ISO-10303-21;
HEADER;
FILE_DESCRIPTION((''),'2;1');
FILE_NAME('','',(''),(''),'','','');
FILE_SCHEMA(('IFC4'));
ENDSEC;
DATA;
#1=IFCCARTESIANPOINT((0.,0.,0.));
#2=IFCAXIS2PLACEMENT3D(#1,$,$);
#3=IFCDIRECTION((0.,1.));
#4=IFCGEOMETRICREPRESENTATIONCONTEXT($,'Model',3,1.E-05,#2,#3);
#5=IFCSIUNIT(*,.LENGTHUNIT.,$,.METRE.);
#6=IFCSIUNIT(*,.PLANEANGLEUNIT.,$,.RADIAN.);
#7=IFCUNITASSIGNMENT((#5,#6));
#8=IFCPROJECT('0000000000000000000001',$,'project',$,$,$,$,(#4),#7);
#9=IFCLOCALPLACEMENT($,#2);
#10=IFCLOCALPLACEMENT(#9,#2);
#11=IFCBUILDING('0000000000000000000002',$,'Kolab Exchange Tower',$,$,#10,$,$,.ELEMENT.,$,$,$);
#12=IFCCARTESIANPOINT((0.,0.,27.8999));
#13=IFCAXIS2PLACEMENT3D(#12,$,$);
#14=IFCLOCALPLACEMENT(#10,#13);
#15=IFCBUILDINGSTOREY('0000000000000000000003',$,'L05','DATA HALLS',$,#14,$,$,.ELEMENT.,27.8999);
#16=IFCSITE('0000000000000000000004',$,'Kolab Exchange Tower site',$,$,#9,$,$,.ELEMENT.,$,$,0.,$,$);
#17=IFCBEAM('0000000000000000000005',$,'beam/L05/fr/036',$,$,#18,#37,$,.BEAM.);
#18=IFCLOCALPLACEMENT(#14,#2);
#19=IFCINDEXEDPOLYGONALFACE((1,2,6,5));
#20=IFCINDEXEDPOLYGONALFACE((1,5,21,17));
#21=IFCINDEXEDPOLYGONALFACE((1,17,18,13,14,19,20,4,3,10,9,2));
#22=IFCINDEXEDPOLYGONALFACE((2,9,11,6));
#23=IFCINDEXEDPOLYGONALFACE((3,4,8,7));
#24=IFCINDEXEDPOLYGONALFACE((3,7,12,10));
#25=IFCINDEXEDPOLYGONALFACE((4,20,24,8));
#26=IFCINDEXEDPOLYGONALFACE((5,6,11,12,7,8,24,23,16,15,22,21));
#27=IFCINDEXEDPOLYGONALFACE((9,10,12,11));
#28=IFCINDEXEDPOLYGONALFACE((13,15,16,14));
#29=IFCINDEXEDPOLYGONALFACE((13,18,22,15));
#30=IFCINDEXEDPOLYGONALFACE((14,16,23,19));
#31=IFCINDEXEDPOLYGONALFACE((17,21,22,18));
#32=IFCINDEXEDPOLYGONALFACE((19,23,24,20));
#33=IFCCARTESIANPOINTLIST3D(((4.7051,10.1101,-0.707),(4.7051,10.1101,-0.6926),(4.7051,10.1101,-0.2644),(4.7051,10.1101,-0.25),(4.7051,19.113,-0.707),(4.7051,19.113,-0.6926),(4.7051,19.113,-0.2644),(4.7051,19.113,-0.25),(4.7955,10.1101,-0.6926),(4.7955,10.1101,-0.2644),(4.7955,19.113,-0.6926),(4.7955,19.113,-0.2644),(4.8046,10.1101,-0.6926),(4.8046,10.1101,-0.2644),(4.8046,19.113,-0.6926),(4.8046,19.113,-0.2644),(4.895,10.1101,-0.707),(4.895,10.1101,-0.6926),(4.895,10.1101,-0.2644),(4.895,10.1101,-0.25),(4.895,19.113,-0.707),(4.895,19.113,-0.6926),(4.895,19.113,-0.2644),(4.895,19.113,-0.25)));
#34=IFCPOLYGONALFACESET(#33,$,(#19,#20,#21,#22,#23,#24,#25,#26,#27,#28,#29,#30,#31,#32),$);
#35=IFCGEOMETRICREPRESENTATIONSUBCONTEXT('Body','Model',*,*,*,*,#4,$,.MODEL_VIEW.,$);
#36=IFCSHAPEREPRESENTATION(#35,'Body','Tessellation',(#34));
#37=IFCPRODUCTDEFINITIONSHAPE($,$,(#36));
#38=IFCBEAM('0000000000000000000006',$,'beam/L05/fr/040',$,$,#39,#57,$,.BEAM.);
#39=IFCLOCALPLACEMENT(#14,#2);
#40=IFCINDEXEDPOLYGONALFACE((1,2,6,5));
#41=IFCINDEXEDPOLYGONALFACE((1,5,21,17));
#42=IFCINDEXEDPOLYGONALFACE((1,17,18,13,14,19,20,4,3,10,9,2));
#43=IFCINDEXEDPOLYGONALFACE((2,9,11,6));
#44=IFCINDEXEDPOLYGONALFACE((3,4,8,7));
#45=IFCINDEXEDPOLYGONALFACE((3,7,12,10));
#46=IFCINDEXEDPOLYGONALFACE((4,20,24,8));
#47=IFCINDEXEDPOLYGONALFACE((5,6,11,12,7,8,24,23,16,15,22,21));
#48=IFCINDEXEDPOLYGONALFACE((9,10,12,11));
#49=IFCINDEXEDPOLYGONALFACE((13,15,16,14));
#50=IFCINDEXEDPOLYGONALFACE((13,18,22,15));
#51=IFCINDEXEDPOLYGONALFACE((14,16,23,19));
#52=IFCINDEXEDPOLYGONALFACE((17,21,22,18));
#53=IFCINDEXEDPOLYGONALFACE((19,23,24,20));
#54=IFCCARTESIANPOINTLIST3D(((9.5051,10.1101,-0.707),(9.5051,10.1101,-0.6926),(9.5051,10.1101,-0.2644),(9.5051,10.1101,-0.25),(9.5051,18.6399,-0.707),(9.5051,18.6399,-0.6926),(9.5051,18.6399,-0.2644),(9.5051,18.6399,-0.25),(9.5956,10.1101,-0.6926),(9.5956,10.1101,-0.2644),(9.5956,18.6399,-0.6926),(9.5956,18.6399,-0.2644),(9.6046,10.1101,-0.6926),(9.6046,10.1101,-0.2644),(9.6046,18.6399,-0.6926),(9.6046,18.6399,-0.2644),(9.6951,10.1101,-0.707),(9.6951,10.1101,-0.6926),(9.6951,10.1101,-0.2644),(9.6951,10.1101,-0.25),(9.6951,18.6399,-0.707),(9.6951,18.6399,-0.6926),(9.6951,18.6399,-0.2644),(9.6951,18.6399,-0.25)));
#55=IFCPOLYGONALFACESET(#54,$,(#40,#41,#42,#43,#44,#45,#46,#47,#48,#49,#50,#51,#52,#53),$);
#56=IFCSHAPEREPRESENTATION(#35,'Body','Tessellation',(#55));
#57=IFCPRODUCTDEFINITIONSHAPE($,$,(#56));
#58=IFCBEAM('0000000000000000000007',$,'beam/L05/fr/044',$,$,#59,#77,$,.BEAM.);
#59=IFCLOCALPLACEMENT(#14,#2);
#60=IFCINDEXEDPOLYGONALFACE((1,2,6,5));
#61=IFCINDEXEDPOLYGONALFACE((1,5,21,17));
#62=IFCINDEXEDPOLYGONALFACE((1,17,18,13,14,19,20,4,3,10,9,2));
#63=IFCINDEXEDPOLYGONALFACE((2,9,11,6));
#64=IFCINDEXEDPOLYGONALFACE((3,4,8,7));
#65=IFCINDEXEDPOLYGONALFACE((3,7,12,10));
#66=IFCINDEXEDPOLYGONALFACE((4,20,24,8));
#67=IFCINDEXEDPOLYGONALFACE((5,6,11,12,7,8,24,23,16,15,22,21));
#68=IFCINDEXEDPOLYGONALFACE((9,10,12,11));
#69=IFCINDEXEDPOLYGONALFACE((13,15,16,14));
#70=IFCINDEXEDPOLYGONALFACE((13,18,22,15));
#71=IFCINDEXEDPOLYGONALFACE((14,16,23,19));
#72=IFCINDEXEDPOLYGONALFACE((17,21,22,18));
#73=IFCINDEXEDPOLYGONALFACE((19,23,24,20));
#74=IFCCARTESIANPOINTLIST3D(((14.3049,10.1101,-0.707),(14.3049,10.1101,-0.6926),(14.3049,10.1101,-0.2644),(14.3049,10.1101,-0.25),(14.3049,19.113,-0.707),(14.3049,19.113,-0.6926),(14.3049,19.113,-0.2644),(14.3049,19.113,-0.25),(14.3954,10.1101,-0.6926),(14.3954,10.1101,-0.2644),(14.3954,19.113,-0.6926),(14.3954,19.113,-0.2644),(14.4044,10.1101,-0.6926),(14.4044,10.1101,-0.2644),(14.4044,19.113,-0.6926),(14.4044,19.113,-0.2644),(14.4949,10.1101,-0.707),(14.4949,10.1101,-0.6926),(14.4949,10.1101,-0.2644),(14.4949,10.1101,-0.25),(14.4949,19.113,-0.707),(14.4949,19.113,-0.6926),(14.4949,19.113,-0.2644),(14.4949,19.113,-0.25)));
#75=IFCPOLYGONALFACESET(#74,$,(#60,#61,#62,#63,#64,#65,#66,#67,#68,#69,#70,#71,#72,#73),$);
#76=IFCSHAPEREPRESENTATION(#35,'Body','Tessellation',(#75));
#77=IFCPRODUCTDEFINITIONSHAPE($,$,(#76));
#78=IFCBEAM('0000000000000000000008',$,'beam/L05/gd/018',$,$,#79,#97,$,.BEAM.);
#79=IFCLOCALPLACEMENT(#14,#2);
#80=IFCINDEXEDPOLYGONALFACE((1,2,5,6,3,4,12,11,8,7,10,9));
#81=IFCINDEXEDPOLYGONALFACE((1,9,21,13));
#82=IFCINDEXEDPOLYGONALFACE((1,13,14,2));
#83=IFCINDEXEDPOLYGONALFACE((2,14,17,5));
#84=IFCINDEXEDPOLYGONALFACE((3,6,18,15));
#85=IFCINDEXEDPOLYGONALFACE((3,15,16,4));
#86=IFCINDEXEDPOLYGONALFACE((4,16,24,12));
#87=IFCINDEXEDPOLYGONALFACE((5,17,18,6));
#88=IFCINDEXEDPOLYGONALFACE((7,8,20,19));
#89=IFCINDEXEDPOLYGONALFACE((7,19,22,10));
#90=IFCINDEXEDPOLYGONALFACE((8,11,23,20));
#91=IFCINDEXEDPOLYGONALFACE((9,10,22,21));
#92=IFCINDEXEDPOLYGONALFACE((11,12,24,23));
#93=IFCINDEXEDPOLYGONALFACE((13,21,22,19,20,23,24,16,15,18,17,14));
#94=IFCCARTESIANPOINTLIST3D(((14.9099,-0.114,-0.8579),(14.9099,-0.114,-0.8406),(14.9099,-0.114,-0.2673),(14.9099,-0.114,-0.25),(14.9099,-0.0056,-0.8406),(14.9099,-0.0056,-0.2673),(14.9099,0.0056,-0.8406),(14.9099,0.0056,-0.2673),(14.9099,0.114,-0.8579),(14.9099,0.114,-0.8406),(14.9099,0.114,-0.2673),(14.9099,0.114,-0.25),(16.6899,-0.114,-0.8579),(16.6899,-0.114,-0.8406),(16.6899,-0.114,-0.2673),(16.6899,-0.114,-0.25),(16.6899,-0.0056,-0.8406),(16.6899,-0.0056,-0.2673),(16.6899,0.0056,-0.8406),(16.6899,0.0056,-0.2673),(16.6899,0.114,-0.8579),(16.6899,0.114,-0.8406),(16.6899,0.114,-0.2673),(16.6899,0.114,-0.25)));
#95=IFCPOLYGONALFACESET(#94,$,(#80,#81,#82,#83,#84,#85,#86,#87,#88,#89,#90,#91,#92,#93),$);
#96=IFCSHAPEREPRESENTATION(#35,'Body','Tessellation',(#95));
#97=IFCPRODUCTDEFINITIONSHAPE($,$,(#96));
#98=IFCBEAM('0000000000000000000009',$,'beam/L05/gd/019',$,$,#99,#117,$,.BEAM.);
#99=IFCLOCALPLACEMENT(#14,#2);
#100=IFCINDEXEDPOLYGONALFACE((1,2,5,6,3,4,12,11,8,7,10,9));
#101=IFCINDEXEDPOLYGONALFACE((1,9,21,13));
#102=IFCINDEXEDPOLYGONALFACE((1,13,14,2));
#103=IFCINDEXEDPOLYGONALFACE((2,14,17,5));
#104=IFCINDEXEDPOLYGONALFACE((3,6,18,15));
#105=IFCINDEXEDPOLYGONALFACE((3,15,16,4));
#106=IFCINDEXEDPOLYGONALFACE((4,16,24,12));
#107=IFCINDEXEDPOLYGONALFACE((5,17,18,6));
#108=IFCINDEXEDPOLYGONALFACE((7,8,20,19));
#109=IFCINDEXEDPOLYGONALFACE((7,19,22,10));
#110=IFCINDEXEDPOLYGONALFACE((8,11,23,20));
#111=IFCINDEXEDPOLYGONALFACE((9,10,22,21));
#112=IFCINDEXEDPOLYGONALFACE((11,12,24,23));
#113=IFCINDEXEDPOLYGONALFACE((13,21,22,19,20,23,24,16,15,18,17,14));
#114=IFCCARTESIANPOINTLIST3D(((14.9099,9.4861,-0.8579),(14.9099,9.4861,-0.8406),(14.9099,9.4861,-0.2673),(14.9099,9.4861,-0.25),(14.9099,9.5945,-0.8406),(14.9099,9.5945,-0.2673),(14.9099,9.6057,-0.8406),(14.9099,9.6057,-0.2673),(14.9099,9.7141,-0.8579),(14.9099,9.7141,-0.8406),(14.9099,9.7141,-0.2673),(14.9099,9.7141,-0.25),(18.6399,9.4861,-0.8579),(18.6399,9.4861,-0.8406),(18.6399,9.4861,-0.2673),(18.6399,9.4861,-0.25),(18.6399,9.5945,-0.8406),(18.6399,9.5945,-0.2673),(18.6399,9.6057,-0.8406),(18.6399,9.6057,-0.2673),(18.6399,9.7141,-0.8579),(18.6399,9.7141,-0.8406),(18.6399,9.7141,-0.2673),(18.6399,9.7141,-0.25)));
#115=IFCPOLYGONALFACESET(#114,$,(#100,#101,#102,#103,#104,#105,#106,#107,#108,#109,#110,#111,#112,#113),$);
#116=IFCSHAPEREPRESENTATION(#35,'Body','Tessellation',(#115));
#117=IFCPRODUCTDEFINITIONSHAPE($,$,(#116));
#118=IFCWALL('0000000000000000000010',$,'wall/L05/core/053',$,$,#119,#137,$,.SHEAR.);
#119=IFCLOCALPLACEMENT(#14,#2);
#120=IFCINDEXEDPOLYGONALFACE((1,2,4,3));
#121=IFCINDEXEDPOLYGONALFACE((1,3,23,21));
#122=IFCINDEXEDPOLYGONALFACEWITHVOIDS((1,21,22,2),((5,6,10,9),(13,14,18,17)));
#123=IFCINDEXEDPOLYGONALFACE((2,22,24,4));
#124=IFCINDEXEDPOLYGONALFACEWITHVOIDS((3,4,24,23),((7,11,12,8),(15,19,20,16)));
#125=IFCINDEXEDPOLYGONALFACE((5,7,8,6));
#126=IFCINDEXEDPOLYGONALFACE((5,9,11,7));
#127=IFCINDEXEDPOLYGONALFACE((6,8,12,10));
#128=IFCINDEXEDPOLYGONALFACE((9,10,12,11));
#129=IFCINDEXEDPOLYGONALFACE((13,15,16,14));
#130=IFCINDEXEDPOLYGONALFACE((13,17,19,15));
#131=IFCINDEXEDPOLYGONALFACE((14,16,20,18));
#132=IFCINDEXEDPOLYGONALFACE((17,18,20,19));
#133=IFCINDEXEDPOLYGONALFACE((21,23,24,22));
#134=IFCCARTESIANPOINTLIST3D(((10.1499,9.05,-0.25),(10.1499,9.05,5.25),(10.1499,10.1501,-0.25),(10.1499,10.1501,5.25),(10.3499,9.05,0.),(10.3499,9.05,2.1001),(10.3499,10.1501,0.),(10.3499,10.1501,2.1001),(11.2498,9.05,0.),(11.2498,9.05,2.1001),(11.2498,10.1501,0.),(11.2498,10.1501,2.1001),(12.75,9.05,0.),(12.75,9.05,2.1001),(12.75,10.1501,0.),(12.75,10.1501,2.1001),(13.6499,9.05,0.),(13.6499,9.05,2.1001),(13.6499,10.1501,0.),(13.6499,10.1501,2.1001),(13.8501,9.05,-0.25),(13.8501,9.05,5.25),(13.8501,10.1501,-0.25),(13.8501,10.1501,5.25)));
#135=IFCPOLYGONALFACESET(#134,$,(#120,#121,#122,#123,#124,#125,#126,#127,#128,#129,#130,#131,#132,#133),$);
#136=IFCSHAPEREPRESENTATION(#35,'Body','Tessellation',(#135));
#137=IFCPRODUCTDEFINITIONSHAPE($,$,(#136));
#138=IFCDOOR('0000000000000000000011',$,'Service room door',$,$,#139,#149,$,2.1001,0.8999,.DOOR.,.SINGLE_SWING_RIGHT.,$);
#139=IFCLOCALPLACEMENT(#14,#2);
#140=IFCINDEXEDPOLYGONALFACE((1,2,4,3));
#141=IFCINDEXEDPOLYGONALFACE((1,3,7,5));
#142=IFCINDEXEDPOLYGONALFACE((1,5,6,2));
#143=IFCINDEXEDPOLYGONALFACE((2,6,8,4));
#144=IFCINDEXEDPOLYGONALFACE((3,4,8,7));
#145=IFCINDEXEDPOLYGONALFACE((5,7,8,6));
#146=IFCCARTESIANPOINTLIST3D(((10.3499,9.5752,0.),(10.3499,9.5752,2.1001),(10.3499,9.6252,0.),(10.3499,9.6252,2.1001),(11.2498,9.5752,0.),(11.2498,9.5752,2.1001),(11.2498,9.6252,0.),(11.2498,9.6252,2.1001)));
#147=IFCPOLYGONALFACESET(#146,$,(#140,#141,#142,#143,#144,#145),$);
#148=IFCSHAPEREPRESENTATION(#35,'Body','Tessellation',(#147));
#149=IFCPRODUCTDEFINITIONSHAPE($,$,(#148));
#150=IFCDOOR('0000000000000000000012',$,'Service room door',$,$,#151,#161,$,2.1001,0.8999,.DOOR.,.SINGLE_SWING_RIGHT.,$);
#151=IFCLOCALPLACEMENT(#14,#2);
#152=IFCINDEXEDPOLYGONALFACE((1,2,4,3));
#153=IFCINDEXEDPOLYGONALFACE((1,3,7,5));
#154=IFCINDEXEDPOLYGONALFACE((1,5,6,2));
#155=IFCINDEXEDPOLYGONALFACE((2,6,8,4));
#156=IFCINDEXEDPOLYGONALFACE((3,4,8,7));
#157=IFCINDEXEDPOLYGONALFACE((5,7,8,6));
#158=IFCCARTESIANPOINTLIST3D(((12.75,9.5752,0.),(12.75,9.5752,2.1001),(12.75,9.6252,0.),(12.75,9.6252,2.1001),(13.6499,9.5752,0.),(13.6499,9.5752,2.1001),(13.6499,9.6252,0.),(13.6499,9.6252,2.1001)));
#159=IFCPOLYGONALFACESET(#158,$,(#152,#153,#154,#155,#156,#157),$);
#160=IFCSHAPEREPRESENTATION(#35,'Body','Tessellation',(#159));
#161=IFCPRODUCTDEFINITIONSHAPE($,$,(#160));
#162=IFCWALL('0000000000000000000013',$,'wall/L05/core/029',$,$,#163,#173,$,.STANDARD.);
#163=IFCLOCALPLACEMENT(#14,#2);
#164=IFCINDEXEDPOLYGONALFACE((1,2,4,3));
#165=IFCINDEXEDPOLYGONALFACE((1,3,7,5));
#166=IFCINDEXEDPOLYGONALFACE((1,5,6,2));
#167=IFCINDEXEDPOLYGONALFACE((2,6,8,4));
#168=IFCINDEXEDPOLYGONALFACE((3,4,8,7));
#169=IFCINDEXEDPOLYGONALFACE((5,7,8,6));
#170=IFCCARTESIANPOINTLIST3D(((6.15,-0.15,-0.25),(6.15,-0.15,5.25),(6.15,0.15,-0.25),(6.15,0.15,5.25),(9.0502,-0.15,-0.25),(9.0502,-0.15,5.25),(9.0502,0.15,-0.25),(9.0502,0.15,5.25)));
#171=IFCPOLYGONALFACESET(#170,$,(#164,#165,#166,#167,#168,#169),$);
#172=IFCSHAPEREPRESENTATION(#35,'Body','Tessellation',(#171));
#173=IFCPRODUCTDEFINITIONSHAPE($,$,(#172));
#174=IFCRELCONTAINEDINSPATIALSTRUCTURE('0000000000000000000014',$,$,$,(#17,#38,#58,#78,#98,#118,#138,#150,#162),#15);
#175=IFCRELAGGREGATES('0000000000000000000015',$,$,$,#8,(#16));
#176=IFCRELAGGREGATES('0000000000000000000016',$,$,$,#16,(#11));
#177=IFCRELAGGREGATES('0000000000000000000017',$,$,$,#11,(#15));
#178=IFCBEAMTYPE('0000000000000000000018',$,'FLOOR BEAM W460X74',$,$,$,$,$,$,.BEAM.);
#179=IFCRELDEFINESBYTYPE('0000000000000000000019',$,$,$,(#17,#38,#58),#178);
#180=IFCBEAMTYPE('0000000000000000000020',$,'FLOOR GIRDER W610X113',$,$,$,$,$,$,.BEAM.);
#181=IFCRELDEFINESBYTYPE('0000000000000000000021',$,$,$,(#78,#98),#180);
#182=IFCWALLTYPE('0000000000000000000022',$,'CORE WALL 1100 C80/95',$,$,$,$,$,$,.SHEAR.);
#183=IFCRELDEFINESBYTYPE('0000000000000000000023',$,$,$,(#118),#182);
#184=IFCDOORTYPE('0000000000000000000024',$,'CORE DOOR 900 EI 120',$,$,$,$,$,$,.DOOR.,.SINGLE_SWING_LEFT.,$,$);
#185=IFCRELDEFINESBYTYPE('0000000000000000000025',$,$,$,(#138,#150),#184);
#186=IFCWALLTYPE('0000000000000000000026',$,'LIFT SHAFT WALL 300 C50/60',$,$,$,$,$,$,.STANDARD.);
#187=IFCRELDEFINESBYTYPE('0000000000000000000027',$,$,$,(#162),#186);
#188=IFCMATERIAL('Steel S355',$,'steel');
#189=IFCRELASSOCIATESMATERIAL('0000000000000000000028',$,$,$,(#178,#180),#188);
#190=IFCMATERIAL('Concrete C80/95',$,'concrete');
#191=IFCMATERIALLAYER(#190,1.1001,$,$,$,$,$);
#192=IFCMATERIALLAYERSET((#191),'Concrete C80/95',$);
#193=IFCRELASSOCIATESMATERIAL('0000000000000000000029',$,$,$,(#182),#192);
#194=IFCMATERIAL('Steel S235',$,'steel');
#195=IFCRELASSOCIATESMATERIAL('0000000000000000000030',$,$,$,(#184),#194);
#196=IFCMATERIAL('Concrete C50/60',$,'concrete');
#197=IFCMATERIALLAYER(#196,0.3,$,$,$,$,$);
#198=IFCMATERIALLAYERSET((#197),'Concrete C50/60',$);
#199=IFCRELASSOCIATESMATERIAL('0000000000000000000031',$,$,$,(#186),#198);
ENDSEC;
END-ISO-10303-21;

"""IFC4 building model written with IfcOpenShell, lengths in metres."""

from ifc_helpers import new_model, si_unit, direction, frame, frame_2d, origin, origin_2d, place, context, subcontext, project, spatial, rectangle, i_section, extrude, material, layer, layer_set, material_profile, profile_set, type_object, element, fill, save


model = new_model("IFC4")

# Units and contexts
model_context = context("Model", 3, precision=1e-05, world=origin(), true_north=direction((0.0, 1.0)))
body_context = subcontext(model_context, "Body", "Model", "MODEL_VIEW")
ifc_project = project(units=[si_unit("LENGTHUNIT", "METRE"), si_unit("PLANEANGLEUNIT", "RADIAN")], contexts=[model_context])

# Site, building, storey
site_placement = place(None, origin())
site = spatial("IfcSite", under=ifc_project, at=site_placement, Name="Kolab Exchange Tower site", CompositionType="ELEMENT", RefElevation=0.0)
building_placement = place(site_placement, origin())
building = spatial("IfcBuilding", under=site, at=building_placement, Name="Kolab Exchange Tower", CompositionType="ELEMENT")
storey_placement = place(building_placement, frame((0.0, 0.0, 27.8999)))
storey = spatial("IfcBuildingStorey", under=building, at=storey_placement, Name="L05", Description="DATA HALLS", CompositionType="ELEMENT", Elevation=27.8999)

# Beams
ifc_material_1 = material(Name="Steel S355", Category="steel")
ifc_material_profile_1 = material_profile(ifc_material_1, i_section(OverallWidth=0.1899, OverallDepth=0.457, WebThickness=0.009, FlangeThickness=0.0144, at=origin_2d()), Name="W460X74")
ifc_profile_set_1 = profile_set([ifc_material_profile_1], Name="Steel S355")
beam_type_1 = type_object("IfcBeamType", Name="FLOOR BEAM W460X74", PredefinedType="BEAM", material=ifc_profile_set_1)
beam_1_placement = place(storey_placement, frame((4.8, 10.1101, -0.4785), z_axis=(0.0, 1.0, 0.0), x_axis=(-1.0, 0.0, 0.0)))
element("IfcBeam", 1, at=beam_1_placement, inside=storey, type_object=beam_type_1, Name="beam/L05/fr/036", PredefinedType="BEAM", context=body_context, shape_type="SweptSolid", body=[
    extrude(i_section(OverallWidth=0.1899, OverallDepth=0.457, WebThickness=0.009, FlangeThickness=0.0144, at=origin_2d()), origin(), (0.0, 0.0, 1.0), 9.0029),
])
beam_2_placement = place(storey_placement, frame((9.6001, 10.1101, -0.4785), z_axis=(0.0, 1.0, 0.0), x_axis=(-1.0, 0.0, 0.0)))
element("IfcBeam", 2, at=beam_2_placement, inside=storey, type_object=beam_type_1, Name="beam/L05/fr/040", PredefinedType="BEAM", context=body_context, shape_type="SweptSolid", body=[
    extrude(i_section(OverallWidth=0.1899, OverallDepth=0.457, WebThickness=0.009, FlangeThickness=0.0144, at=origin_2d()), origin(), (0.0, 0.0, 1.0), 8.5298),
])
beam_3_placement = place(storey_placement, frame((14.3999, 10.1101, -0.4785), z_axis=(0.0, 1.0, 0.0), x_axis=(-1.0, 0.0, 0.0)))
element("IfcBeam", 3, at=beam_3_placement, inside=storey, type_object=beam_type_1, Name="beam/L05/fr/044", PredefinedType="BEAM", context=body_context, shape_type="SweptSolid", body=[
    extrude(i_section(OverallWidth=0.1899, OverallDepth=0.457, WebThickness=0.009, FlangeThickness=0.0144, at=origin_2d()), origin(), (0.0, 0.0, 1.0), 9.0029),
])
ifc_material_profile_2 = material_profile(ifc_material_1, i_section(OverallWidth=0.228, OverallDepth=0.6079, WebThickness=0.0112, FlangeThickness=0.0173, at=origin_2d()), Name="W610X113")
ifc_profile_set_2 = profile_set([ifc_material_profile_2], Name="Steel S355")
beam_type_2 = type_object("IfcBeamType", Name="FLOOR GIRDER W610X113", PredefinedType="BEAM", material=ifc_profile_set_2)
beam_4_placement = place(storey_placement, frame((14.9099, 0.0, -0.554), z_axis=(1.0, 0.0, 0.0), x_axis=(0.0, 1.0, 0.0)))
element("IfcBeam", 4, at=beam_4_placement, inside=storey, type_object=beam_type_2, Name="beam/L05/gd/018", PredefinedType="BEAM", context=body_context, shape_type="SweptSolid", body=[
    extrude(i_section(OverallWidth=0.228, OverallDepth=0.6079, WebThickness=0.0112, FlangeThickness=0.0173, at=origin_2d()), origin(), (0.0, 0.0, 1.0), 1.78),
])
beam_5_placement = place(storey_placement, frame((14.9099, 9.6001, -0.554), z_axis=(1.0, 0.0, 0.0), x_axis=(0.0, 1.0, 0.0)))
element("IfcBeam", 5, at=beam_5_placement, inside=storey, type_object=beam_type_2, Name="beam/L05/gd/019", PredefinedType="BEAM", context=body_context, shape_type="SweptSolid", body=[
    extrude(i_section(OverallWidth=0.228, OverallDepth=0.6079, WebThickness=0.0112, FlangeThickness=0.0173, at=origin_2d()), origin(), (0.0, 0.0, 1.0), 3.73),
])

# Wall, openings, doors
ifc_material_2 = material(Name="Concrete C80/95", Category="concrete")
ifc_layer_1 = layer(ifc_material_2, 1.1001)
ifc_layer_set_1 = layer_set([ifc_layer_1], Name="Concrete C80/95")
wall_type_1 = type_object("IfcWallType", Name="CORE WALL 1100 C80/95", PredefinedType="SHEAR", material=ifc_layer_set_1)
wall_1_placement = place(storey_placement, frame((10.1499, 9.6001, -0.25), z_axis=(0.0, 0.0, 1.0), x_axis=(1.0, 0.0, 0.0)))
wall_1 = element("IfcWall", 6, at=wall_1_placement, inside=storey, type_object=wall_type_1, Name="wall/L05/core/053", PredefinedType="SHEAR", context=body_context, shape_type="SweptSolid", body=[
    extrude(rectangle(XDim=3.7002, YDim=1.1001, at=frame_2d((1.8501, 0.0))), origin(), (0.0, 0.0, 1.0), 5.5),
])
opening_1_placement = place(wall_1_placement, frame((0.2, 0.0, 0.25)))
opening_1 = element("IfcOpeningElement", 7, at=opening_1_placement, cuts=wall_1, PredefinedType="OPENING", context=body_context, shape_type="SweptSolid", body=[
    extrude(rectangle(XDim=0.8999, YDim=2.1001, at=frame_2d((0.45, 1.05))), frame((0.0, 0.5601, 0.0), z_axis=(0.0, -1.0, 0.0), x_axis=(1.0, 0.0, 0.0)), (0.0, 0.0, 1.0), 1.1201),
])
opening_2_placement = place(wall_1_placement, frame((2.6001, 0.0, 0.25)))
opening_2 = element("IfcOpeningElement", 8, at=opening_2_placement, cuts=wall_1, PredefinedType="OPENING", context=body_context, shape_type="SweptSolid", body=[
    extrude(rectangle(XDim=0.8999, YDim=2.1001, at=frame_2d((0.45, 1.05))), frame((0.0, 0.5601, 0.0), z_axis=(0.0, -1.0, 0.0), x_axis=(1.0, 0.0, 0.0)), (0.0, 0.0, 1.0), 1.1201),
])
ifc_material_3 = material(Name="Steel S235", Category="steel")
door_type_1 = type_object("IfcDoorType", Name="CORE DOOR 900 EI 120", OperationType="SINGLE_SWING_LEFT", PredefinedType="DOOR", material=ifc_material_3)
door_1_placement = place(opening_1_placement, frame((0.8999, 0.0, 0.0), z_axis=(0.0, 0.0, 1.0), x_axis=(-1.0, 0.0, 0.0)))
door_1 = element("IfcDoor", 9, at=door_1_placement, inside=storey, type_object=door_type_1, Name="Service room door", OperationType="SINGLE_SWING_RIGHT", OverallHeight=2.1001, OverallWidth=0.8999, PredefinedType="DOOR", context=body_context, shape_type="SweptSolid", body=[
    extrude(rectangle(XDim=0.8999, YDim=2.1001, at=frame_2d((0.45, 1.05))), frame((0.0, 0.0249, 0.0), z_axis=(0.0, -1.0, 0.0), x_axis=(1.0, 0.0, 0.0)), (0.0, 0.0, 1.0), 0.05),
])
fill(opening_1, door_1)
door_2_placement = place(opening_2_placement, frame((0.8999, 0.0, 0.0), z_axis=(0.0, 0.0, 1.0), x_axis=(-1.0, 0.0, 0.0)))
door_2 = element("IfcDoor", 10, at=door_2_placement, inside=storey, type_object=door_type_1, Name="Service room door", OperationType="SINGLE_SWING_RIGHT", OverallHeight=2.1001, OverallWidth=0.8999, PredefinedType="DOOR", context=body_context, shape_type="SweptSolid", body=[
    extrude(rectangle(XDim=0.8999, YDim=2.1001, at=frame_2d((0.45, 1.05))), frame((0.0, 0.0249, 0.0), z_axis=(0.0, -1.0, 0.0), x_axis=(1.0, 0.0, 0.0)), (0.0, 0.0, 1.0), 0.05),
])
fill(opening_2, door_2)

# Wall
ifc_material_4 = material(Name="Concrete C50/60", Category="concrete")
ifc_layer_2 = layer(ifc_material_4, 0.3)
ifc_layer_set_2 = layer_set([ifc_layer_2], Name="Concrete C50/60")
wall_type_2 = type_object("IfcWallType", Name="LIFT SHAFT WALL 300 C50/60", PredefinedType="STANDARD", material=ifc_layer_set_2)
wall_2_placement = place(storey_placement, frame((6.1499, 0.0, -0.25), z_axis=(0.0, 0.0, 1.0), x_axis=(1.0, 0.0, 0.0)))
element("IfcWall", 11, at=wall_2_placement, inside=storey, type_object=wall_type_2, Name="wall/L05/core/029", PredefinedType="STANDARD", context=body_context, shape_type="SweptSolid", body=[
    extrude(rectangle(XDim=2.9001, YDim=0.3, at=frame_2d((1.4502, 0.0))), origin(), (0.0, 0.0, 1.0), 5.5),
])

save(model, "model.ifc")
